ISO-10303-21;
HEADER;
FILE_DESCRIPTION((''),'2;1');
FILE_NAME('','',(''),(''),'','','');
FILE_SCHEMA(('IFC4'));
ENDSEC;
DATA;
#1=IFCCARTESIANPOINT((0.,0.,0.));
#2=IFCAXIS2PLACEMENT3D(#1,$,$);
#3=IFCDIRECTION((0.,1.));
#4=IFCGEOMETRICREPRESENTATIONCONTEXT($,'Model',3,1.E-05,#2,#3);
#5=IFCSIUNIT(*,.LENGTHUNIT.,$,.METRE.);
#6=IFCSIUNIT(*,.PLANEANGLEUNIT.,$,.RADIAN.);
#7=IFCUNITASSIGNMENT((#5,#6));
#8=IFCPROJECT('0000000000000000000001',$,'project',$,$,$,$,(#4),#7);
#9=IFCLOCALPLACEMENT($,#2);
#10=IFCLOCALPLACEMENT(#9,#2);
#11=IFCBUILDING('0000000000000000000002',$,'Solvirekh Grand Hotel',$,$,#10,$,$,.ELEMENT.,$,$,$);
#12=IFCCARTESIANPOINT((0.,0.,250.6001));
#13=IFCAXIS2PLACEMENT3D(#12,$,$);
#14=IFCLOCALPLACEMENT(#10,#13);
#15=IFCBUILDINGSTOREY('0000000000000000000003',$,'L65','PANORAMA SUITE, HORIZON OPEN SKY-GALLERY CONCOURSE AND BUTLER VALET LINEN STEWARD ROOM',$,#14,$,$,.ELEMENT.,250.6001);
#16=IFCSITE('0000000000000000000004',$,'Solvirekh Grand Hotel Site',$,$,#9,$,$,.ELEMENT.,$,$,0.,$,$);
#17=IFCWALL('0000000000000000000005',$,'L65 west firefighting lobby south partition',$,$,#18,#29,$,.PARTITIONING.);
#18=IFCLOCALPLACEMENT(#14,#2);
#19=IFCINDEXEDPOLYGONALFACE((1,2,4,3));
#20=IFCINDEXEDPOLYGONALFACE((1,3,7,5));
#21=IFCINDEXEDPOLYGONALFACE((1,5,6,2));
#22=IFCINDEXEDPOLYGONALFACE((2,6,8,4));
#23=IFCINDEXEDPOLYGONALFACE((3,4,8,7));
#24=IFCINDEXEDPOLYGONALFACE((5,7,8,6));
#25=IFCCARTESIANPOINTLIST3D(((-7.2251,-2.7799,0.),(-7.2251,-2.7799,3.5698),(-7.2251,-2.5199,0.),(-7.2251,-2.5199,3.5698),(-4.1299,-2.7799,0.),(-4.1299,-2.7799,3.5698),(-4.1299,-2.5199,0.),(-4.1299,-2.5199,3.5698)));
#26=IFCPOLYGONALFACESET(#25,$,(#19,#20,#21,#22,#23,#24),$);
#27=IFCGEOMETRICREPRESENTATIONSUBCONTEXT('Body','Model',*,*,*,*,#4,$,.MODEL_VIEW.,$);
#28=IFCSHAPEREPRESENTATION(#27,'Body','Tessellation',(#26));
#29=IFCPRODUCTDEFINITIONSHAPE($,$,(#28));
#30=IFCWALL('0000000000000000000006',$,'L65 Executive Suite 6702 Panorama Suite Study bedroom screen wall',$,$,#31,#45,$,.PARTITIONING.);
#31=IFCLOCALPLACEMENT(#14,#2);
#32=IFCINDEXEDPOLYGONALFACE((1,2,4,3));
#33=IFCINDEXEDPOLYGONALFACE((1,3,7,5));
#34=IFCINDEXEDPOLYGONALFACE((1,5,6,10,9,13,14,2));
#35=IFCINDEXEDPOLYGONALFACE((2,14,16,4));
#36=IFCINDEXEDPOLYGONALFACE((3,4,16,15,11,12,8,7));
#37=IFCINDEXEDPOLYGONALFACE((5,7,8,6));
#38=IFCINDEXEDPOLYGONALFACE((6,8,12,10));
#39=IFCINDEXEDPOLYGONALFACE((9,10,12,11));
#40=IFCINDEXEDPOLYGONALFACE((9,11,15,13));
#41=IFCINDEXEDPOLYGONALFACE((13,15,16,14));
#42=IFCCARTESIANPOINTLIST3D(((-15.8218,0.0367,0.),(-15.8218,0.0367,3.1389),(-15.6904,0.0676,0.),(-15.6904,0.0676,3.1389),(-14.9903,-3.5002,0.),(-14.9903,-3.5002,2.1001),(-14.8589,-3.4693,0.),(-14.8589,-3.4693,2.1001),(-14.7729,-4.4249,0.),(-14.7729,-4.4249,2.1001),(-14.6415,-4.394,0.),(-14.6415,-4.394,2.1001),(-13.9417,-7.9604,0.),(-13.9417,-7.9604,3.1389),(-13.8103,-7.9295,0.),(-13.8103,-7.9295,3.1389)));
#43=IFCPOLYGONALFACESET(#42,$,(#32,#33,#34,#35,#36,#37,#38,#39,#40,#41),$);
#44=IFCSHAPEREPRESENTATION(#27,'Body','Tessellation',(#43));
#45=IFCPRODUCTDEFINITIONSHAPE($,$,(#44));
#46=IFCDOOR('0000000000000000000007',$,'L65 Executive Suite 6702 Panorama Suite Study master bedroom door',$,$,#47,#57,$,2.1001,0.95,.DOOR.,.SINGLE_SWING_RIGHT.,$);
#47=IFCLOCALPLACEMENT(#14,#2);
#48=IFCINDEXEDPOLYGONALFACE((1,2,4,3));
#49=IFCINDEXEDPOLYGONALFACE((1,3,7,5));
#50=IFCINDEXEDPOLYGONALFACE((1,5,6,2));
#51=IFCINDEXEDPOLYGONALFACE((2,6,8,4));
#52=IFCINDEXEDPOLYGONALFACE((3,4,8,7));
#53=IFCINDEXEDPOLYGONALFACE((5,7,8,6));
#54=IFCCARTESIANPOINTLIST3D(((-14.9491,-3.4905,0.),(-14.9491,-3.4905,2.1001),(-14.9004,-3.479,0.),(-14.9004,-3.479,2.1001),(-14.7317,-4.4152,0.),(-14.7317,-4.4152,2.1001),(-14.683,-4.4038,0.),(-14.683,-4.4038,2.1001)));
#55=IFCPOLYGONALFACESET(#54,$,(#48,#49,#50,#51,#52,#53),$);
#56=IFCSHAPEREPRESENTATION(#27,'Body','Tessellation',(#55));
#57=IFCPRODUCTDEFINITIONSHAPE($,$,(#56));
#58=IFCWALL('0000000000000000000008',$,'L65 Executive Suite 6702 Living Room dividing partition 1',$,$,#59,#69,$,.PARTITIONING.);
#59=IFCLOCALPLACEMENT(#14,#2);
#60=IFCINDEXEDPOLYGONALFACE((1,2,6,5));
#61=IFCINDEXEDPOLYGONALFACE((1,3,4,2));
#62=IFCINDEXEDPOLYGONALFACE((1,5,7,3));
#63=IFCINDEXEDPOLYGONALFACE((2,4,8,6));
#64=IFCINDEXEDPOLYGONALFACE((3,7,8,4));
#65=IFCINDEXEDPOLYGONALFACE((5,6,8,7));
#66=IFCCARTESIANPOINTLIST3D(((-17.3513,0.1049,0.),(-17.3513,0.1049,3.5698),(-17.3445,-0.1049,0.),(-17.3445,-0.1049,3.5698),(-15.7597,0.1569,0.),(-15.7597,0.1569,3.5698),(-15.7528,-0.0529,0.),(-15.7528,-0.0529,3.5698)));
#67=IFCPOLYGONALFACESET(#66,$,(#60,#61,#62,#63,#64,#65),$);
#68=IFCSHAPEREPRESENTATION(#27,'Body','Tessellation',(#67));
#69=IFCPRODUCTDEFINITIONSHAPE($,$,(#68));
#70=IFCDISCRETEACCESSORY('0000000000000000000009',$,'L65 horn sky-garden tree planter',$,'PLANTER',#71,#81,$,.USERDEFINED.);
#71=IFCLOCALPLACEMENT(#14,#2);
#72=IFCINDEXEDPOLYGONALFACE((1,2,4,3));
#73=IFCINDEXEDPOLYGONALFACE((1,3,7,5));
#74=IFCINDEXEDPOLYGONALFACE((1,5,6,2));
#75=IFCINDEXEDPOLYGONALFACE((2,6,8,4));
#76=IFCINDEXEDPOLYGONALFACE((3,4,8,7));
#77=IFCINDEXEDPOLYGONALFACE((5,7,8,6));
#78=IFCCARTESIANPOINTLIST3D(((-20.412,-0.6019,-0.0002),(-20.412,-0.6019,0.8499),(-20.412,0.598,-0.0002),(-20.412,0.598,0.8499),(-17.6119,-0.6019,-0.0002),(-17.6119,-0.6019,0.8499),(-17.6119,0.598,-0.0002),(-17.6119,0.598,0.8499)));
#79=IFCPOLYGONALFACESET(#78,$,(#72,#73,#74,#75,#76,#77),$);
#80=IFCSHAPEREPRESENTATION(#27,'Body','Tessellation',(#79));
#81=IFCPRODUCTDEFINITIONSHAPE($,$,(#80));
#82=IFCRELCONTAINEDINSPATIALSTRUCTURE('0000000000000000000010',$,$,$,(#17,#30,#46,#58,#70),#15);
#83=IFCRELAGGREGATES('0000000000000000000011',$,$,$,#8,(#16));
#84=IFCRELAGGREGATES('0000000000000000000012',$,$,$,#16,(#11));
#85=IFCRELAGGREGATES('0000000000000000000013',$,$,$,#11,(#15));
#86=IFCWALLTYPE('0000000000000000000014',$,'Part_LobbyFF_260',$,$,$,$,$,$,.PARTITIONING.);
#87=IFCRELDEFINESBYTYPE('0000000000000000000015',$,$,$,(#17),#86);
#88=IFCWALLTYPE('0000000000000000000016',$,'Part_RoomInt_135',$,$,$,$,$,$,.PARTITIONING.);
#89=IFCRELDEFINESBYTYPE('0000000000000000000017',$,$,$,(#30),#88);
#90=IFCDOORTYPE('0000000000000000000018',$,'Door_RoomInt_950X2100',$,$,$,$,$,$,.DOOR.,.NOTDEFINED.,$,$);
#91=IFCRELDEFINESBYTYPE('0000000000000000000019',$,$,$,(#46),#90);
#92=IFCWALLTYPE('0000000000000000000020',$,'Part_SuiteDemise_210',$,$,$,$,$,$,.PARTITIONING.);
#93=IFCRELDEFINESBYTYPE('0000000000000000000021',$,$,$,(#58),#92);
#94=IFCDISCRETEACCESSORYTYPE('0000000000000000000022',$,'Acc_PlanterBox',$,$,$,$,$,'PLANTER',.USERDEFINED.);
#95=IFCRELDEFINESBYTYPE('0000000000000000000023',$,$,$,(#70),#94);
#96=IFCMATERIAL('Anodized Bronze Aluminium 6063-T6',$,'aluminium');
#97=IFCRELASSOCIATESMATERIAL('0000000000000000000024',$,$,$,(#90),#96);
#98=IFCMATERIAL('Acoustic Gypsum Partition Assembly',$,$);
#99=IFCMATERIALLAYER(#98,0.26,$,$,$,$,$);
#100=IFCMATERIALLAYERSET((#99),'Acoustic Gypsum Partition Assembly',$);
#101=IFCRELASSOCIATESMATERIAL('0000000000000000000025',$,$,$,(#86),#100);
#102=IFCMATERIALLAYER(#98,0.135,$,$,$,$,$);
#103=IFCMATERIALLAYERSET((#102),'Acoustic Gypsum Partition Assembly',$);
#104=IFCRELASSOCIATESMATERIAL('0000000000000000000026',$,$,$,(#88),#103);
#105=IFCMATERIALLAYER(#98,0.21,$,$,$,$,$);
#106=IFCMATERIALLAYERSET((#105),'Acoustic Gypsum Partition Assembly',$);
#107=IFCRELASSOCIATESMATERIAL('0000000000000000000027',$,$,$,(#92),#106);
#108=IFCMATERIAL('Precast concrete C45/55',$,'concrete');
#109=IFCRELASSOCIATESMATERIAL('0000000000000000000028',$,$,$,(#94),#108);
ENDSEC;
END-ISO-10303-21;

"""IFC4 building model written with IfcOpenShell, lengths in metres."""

from ifc_helpers import new_model, si_unit, direction, frame, frame_2d, origin, origin_2d, place, context, subcontext, project, spatial, rectangle, extrude, material, layer, layer_set, type_object, element, fill, save


model = new_model("IFC4")

# Units and contexts
model_context = context("Model", 3, precision=1e-05, world=origin(), true_north=direction((0.0, 1.0)))
body_context = subcontext(model_context, "Body", "Model", "MODEL_VIEW")
ifc_project = project(units=[si_unit("LENGTHUNIT", "METRE"), si_unit("PLANEANGLEUNIT", "RADIAN")], contexts=[model_context])

# Site, building, storey
site_placement = place(None, origin())
site = spatial("IfcSite", under=ifc_project, at=site_placement, Name="Solvirekh Grand Hotel Site", CompositionType="ELEMENT", RefElevation=0.0)
building_placement = place(site_placement, origin())
building = spatial("IfcBuilding", under=site, at=building_placement, Name="Solvirekh Grand Hotel", CompositionType="ELEMENT")
storey_placement = place(building_placement, frame((0.0, 0.0, 250.6001)))
storey = spatial("IfcBuildingStorey", under=building, at=storey_placement, Name="L65", Description="PANORAMA SUITE, HORIZON OPEN SKY-GALLERY CONCOURSE AND BUTLER VALET LINEN STEWARD ROOM", CompositionType="ELEMENT", Elevation=250.6001)

# Shared definitions
ifc_material_1 = material(Name="Precast concrete C45/55", Category="concrete")
ifc_material_2 = material(Name="Anodized Bronze Aluminium 6063-T6", Category="aluminium")

# Shared definitions
ifc_material_3 = material(Name="Acoustic Gypsum Partition Assembly")

# Shared definitions
door_type_1 = type_object("IfcDoorType", Name="Door_RoomInt_950X2100", OperationType="NOTDEFINED", PredefinedType="DOOR", material=ifc_material_2)

# Wall
ifc_layer_1 = layer(ifc_material_3, 0.26)
ifc_layer_set_1 = layer_set([ifc_layer_1], Name="Acoustic Gypsum Partition Assembly")
wall_type_1 = type_object("IfcWallType", Name="Part_LobbyFF_260", PredefinedType="PARTITIONING", material=ifc_layer_set_1)
wall_1_placement = place(storey_placement, frame((-7.2251, -2.6499, 0.0), z_axis=(0.0, 0.0, 1.0), x_axis=(1.0, 0.0, 0.0)))
element("IfcWall", 1, at=wall_1_placement, inside=storey, type_object=wall_type_1, Name="L65 west firefighting lobby south partition", PredefinedType="PARTITIONING", context=body_context, shape_type="SweptSolid", body=[
    extrude(rectangle(XDim=3.0952, YDim=0.26, at=frame_2d((1.5476, 0.0))), origin(), (0.0, 0.0, 1.0), 3.5698),
])

# Wall, opening, door
ifc_layer_2 = layer(ifc_material_3, 0.135)
ifc_layer_set_2 = layer_set([ifc_layer_2], Name="Acoustic Gypsum Partition Assembly")
wall_type_2 = type_object("IfcWallType", Name="Part_RoomInt_135", PredefinedType="PARTITIONING", material=ifc_layer_set_2)
wall_2_placement = place(storey_placement, frame((-15.7561, 0.052, 0.0), z_axis=(0.0, 0.0, 1.0), x_axis=(0.228862, -0.973459, 0.0)))
wall_2 = element("IfcWall", 2, at=wall_2_placement, inside=storey, type_object=wall_type_2, Name="L65 Executive Suite 6702 Panorama Suite Study bedroom screen wall", PredefinedType="PARTITIONING", context=body_context, shape_type="SweptSolid", body=[
    extrude(rectangle(XDim=8.2151, YDim=0.135, at=frame_2d((4.1074, 0.0))), origin(), (0.0, 0.0, 1.0), 3.1389),
])
opening_1_placement = place(wall_2_placement, frame((3.6331, 0.0, 0.0)))
opening_1 = element("IfcOpeningElement", 3, at=opening_1_placement, cuts=wall_2, PredefinedType="OPENING", context=body_context, shape_type="SweptSolid", body=[
    extrude(rectangle(XDim=0.95, YDim=2.1001, at=frame_2d((0.4751, 1.05))), frame((0.0, 0.0776, 0.0), z_axis=(0.0, -1.0, 0.0), x_axis=(1.0, 0.0, 0.0)), (0.0, 0.0, 1.0), 0.155),
])
door_1_placement = place(opening_1_placement, origin())
door_1 = element("IfcDoor", 4, at=door_1_placement, inside=storey, type_object=door_type_1, Name="L65 Executive Suite 6702 Panorama Suite Study master bedroom door", OperationType="SINGLE_SWING_RIGHT", OverallHeight=2.1001, OverallWidth=0.95, PredefinedType="DOOR", context=body_context, shape_type="SweptSolid", body=[
    extrude(rectangle(XDim=0.95, YDim=2.1001, at=frame_2d((0.4751, 1.05))), frame((0.0, 0.0249, 0.0), z_axis=(0.0, -1.0, 0.0), x_axis=(1.0, 0.0, 0.0)), (0.0, 0.0, 1.0), 0.05),
])
fill(opening_1, door_1)

# Wall
ifc_layer_3 = layer(ifc_material_3, 0.21)
ifc_layer_set_3 = layer_set([ifc_layer_3], Name="Acoustic Gypsum Partition Assembly")
wall_type_3 = type_object("IfcWallType", Name="Part_SuiteDemise_210", PredefinedType="PARTITIONING", material=ifc_layer_set_3)
wall_3_placement = place(storey_placement, frame((-15.7561, 0.052, 0.0), z_axis=(0.0, 0.0, 1.0), x_axis=(-0.999467, -0.032651, 0.0)))
element("IfcWall", 5, at=wall_3_placement, inside=storey, type_object=wall_type_3, Name="L65 Executive Suite 6702 Living Room dividing partition 1", PredefinedType="PARTITIONING", context=body_context, shape_type="SweptSolid", body=[
    extrude(rectangle(XDim=1.5925, YDim=0.21, at=frame_2d((0.7964, 0.0))), origin(), (0.0, 0.0, 1.0), 3.5698),
])

# Discrete accessory
discrete_accessory_type = type_object("IfcDiscreteAccessoryType", Name="Acc_PlanterBox", ElementType="PLANTER", PredefinedType="USERDEFINED", material=ifc_material_1)
discrete_accessory_placement = place(storey_placement, frame((-19.012, -0.002, -0.0002), z_axis=(0.0, 0.0, 1.0), x_axis=(0.0, 1.0, 0.0)))
element("IfcDiscreteAccessory", 6, at=discrete_accessory_placement, inside=storey, type_object=discrete_accessory_type, Name="L65 horn sky-garden tree planter", ObjectType="PLANTER", PredefinedType="USERDEFINED", context=body_context, shape_type="SweptSolid", body=[
    extrude(rectangle(XDim=1.2, YDim=2.8, at=origin_2d()), origin(), (0.0, 0.0, 1.0), 0.8501),
])

save(model, "model.ifc")
